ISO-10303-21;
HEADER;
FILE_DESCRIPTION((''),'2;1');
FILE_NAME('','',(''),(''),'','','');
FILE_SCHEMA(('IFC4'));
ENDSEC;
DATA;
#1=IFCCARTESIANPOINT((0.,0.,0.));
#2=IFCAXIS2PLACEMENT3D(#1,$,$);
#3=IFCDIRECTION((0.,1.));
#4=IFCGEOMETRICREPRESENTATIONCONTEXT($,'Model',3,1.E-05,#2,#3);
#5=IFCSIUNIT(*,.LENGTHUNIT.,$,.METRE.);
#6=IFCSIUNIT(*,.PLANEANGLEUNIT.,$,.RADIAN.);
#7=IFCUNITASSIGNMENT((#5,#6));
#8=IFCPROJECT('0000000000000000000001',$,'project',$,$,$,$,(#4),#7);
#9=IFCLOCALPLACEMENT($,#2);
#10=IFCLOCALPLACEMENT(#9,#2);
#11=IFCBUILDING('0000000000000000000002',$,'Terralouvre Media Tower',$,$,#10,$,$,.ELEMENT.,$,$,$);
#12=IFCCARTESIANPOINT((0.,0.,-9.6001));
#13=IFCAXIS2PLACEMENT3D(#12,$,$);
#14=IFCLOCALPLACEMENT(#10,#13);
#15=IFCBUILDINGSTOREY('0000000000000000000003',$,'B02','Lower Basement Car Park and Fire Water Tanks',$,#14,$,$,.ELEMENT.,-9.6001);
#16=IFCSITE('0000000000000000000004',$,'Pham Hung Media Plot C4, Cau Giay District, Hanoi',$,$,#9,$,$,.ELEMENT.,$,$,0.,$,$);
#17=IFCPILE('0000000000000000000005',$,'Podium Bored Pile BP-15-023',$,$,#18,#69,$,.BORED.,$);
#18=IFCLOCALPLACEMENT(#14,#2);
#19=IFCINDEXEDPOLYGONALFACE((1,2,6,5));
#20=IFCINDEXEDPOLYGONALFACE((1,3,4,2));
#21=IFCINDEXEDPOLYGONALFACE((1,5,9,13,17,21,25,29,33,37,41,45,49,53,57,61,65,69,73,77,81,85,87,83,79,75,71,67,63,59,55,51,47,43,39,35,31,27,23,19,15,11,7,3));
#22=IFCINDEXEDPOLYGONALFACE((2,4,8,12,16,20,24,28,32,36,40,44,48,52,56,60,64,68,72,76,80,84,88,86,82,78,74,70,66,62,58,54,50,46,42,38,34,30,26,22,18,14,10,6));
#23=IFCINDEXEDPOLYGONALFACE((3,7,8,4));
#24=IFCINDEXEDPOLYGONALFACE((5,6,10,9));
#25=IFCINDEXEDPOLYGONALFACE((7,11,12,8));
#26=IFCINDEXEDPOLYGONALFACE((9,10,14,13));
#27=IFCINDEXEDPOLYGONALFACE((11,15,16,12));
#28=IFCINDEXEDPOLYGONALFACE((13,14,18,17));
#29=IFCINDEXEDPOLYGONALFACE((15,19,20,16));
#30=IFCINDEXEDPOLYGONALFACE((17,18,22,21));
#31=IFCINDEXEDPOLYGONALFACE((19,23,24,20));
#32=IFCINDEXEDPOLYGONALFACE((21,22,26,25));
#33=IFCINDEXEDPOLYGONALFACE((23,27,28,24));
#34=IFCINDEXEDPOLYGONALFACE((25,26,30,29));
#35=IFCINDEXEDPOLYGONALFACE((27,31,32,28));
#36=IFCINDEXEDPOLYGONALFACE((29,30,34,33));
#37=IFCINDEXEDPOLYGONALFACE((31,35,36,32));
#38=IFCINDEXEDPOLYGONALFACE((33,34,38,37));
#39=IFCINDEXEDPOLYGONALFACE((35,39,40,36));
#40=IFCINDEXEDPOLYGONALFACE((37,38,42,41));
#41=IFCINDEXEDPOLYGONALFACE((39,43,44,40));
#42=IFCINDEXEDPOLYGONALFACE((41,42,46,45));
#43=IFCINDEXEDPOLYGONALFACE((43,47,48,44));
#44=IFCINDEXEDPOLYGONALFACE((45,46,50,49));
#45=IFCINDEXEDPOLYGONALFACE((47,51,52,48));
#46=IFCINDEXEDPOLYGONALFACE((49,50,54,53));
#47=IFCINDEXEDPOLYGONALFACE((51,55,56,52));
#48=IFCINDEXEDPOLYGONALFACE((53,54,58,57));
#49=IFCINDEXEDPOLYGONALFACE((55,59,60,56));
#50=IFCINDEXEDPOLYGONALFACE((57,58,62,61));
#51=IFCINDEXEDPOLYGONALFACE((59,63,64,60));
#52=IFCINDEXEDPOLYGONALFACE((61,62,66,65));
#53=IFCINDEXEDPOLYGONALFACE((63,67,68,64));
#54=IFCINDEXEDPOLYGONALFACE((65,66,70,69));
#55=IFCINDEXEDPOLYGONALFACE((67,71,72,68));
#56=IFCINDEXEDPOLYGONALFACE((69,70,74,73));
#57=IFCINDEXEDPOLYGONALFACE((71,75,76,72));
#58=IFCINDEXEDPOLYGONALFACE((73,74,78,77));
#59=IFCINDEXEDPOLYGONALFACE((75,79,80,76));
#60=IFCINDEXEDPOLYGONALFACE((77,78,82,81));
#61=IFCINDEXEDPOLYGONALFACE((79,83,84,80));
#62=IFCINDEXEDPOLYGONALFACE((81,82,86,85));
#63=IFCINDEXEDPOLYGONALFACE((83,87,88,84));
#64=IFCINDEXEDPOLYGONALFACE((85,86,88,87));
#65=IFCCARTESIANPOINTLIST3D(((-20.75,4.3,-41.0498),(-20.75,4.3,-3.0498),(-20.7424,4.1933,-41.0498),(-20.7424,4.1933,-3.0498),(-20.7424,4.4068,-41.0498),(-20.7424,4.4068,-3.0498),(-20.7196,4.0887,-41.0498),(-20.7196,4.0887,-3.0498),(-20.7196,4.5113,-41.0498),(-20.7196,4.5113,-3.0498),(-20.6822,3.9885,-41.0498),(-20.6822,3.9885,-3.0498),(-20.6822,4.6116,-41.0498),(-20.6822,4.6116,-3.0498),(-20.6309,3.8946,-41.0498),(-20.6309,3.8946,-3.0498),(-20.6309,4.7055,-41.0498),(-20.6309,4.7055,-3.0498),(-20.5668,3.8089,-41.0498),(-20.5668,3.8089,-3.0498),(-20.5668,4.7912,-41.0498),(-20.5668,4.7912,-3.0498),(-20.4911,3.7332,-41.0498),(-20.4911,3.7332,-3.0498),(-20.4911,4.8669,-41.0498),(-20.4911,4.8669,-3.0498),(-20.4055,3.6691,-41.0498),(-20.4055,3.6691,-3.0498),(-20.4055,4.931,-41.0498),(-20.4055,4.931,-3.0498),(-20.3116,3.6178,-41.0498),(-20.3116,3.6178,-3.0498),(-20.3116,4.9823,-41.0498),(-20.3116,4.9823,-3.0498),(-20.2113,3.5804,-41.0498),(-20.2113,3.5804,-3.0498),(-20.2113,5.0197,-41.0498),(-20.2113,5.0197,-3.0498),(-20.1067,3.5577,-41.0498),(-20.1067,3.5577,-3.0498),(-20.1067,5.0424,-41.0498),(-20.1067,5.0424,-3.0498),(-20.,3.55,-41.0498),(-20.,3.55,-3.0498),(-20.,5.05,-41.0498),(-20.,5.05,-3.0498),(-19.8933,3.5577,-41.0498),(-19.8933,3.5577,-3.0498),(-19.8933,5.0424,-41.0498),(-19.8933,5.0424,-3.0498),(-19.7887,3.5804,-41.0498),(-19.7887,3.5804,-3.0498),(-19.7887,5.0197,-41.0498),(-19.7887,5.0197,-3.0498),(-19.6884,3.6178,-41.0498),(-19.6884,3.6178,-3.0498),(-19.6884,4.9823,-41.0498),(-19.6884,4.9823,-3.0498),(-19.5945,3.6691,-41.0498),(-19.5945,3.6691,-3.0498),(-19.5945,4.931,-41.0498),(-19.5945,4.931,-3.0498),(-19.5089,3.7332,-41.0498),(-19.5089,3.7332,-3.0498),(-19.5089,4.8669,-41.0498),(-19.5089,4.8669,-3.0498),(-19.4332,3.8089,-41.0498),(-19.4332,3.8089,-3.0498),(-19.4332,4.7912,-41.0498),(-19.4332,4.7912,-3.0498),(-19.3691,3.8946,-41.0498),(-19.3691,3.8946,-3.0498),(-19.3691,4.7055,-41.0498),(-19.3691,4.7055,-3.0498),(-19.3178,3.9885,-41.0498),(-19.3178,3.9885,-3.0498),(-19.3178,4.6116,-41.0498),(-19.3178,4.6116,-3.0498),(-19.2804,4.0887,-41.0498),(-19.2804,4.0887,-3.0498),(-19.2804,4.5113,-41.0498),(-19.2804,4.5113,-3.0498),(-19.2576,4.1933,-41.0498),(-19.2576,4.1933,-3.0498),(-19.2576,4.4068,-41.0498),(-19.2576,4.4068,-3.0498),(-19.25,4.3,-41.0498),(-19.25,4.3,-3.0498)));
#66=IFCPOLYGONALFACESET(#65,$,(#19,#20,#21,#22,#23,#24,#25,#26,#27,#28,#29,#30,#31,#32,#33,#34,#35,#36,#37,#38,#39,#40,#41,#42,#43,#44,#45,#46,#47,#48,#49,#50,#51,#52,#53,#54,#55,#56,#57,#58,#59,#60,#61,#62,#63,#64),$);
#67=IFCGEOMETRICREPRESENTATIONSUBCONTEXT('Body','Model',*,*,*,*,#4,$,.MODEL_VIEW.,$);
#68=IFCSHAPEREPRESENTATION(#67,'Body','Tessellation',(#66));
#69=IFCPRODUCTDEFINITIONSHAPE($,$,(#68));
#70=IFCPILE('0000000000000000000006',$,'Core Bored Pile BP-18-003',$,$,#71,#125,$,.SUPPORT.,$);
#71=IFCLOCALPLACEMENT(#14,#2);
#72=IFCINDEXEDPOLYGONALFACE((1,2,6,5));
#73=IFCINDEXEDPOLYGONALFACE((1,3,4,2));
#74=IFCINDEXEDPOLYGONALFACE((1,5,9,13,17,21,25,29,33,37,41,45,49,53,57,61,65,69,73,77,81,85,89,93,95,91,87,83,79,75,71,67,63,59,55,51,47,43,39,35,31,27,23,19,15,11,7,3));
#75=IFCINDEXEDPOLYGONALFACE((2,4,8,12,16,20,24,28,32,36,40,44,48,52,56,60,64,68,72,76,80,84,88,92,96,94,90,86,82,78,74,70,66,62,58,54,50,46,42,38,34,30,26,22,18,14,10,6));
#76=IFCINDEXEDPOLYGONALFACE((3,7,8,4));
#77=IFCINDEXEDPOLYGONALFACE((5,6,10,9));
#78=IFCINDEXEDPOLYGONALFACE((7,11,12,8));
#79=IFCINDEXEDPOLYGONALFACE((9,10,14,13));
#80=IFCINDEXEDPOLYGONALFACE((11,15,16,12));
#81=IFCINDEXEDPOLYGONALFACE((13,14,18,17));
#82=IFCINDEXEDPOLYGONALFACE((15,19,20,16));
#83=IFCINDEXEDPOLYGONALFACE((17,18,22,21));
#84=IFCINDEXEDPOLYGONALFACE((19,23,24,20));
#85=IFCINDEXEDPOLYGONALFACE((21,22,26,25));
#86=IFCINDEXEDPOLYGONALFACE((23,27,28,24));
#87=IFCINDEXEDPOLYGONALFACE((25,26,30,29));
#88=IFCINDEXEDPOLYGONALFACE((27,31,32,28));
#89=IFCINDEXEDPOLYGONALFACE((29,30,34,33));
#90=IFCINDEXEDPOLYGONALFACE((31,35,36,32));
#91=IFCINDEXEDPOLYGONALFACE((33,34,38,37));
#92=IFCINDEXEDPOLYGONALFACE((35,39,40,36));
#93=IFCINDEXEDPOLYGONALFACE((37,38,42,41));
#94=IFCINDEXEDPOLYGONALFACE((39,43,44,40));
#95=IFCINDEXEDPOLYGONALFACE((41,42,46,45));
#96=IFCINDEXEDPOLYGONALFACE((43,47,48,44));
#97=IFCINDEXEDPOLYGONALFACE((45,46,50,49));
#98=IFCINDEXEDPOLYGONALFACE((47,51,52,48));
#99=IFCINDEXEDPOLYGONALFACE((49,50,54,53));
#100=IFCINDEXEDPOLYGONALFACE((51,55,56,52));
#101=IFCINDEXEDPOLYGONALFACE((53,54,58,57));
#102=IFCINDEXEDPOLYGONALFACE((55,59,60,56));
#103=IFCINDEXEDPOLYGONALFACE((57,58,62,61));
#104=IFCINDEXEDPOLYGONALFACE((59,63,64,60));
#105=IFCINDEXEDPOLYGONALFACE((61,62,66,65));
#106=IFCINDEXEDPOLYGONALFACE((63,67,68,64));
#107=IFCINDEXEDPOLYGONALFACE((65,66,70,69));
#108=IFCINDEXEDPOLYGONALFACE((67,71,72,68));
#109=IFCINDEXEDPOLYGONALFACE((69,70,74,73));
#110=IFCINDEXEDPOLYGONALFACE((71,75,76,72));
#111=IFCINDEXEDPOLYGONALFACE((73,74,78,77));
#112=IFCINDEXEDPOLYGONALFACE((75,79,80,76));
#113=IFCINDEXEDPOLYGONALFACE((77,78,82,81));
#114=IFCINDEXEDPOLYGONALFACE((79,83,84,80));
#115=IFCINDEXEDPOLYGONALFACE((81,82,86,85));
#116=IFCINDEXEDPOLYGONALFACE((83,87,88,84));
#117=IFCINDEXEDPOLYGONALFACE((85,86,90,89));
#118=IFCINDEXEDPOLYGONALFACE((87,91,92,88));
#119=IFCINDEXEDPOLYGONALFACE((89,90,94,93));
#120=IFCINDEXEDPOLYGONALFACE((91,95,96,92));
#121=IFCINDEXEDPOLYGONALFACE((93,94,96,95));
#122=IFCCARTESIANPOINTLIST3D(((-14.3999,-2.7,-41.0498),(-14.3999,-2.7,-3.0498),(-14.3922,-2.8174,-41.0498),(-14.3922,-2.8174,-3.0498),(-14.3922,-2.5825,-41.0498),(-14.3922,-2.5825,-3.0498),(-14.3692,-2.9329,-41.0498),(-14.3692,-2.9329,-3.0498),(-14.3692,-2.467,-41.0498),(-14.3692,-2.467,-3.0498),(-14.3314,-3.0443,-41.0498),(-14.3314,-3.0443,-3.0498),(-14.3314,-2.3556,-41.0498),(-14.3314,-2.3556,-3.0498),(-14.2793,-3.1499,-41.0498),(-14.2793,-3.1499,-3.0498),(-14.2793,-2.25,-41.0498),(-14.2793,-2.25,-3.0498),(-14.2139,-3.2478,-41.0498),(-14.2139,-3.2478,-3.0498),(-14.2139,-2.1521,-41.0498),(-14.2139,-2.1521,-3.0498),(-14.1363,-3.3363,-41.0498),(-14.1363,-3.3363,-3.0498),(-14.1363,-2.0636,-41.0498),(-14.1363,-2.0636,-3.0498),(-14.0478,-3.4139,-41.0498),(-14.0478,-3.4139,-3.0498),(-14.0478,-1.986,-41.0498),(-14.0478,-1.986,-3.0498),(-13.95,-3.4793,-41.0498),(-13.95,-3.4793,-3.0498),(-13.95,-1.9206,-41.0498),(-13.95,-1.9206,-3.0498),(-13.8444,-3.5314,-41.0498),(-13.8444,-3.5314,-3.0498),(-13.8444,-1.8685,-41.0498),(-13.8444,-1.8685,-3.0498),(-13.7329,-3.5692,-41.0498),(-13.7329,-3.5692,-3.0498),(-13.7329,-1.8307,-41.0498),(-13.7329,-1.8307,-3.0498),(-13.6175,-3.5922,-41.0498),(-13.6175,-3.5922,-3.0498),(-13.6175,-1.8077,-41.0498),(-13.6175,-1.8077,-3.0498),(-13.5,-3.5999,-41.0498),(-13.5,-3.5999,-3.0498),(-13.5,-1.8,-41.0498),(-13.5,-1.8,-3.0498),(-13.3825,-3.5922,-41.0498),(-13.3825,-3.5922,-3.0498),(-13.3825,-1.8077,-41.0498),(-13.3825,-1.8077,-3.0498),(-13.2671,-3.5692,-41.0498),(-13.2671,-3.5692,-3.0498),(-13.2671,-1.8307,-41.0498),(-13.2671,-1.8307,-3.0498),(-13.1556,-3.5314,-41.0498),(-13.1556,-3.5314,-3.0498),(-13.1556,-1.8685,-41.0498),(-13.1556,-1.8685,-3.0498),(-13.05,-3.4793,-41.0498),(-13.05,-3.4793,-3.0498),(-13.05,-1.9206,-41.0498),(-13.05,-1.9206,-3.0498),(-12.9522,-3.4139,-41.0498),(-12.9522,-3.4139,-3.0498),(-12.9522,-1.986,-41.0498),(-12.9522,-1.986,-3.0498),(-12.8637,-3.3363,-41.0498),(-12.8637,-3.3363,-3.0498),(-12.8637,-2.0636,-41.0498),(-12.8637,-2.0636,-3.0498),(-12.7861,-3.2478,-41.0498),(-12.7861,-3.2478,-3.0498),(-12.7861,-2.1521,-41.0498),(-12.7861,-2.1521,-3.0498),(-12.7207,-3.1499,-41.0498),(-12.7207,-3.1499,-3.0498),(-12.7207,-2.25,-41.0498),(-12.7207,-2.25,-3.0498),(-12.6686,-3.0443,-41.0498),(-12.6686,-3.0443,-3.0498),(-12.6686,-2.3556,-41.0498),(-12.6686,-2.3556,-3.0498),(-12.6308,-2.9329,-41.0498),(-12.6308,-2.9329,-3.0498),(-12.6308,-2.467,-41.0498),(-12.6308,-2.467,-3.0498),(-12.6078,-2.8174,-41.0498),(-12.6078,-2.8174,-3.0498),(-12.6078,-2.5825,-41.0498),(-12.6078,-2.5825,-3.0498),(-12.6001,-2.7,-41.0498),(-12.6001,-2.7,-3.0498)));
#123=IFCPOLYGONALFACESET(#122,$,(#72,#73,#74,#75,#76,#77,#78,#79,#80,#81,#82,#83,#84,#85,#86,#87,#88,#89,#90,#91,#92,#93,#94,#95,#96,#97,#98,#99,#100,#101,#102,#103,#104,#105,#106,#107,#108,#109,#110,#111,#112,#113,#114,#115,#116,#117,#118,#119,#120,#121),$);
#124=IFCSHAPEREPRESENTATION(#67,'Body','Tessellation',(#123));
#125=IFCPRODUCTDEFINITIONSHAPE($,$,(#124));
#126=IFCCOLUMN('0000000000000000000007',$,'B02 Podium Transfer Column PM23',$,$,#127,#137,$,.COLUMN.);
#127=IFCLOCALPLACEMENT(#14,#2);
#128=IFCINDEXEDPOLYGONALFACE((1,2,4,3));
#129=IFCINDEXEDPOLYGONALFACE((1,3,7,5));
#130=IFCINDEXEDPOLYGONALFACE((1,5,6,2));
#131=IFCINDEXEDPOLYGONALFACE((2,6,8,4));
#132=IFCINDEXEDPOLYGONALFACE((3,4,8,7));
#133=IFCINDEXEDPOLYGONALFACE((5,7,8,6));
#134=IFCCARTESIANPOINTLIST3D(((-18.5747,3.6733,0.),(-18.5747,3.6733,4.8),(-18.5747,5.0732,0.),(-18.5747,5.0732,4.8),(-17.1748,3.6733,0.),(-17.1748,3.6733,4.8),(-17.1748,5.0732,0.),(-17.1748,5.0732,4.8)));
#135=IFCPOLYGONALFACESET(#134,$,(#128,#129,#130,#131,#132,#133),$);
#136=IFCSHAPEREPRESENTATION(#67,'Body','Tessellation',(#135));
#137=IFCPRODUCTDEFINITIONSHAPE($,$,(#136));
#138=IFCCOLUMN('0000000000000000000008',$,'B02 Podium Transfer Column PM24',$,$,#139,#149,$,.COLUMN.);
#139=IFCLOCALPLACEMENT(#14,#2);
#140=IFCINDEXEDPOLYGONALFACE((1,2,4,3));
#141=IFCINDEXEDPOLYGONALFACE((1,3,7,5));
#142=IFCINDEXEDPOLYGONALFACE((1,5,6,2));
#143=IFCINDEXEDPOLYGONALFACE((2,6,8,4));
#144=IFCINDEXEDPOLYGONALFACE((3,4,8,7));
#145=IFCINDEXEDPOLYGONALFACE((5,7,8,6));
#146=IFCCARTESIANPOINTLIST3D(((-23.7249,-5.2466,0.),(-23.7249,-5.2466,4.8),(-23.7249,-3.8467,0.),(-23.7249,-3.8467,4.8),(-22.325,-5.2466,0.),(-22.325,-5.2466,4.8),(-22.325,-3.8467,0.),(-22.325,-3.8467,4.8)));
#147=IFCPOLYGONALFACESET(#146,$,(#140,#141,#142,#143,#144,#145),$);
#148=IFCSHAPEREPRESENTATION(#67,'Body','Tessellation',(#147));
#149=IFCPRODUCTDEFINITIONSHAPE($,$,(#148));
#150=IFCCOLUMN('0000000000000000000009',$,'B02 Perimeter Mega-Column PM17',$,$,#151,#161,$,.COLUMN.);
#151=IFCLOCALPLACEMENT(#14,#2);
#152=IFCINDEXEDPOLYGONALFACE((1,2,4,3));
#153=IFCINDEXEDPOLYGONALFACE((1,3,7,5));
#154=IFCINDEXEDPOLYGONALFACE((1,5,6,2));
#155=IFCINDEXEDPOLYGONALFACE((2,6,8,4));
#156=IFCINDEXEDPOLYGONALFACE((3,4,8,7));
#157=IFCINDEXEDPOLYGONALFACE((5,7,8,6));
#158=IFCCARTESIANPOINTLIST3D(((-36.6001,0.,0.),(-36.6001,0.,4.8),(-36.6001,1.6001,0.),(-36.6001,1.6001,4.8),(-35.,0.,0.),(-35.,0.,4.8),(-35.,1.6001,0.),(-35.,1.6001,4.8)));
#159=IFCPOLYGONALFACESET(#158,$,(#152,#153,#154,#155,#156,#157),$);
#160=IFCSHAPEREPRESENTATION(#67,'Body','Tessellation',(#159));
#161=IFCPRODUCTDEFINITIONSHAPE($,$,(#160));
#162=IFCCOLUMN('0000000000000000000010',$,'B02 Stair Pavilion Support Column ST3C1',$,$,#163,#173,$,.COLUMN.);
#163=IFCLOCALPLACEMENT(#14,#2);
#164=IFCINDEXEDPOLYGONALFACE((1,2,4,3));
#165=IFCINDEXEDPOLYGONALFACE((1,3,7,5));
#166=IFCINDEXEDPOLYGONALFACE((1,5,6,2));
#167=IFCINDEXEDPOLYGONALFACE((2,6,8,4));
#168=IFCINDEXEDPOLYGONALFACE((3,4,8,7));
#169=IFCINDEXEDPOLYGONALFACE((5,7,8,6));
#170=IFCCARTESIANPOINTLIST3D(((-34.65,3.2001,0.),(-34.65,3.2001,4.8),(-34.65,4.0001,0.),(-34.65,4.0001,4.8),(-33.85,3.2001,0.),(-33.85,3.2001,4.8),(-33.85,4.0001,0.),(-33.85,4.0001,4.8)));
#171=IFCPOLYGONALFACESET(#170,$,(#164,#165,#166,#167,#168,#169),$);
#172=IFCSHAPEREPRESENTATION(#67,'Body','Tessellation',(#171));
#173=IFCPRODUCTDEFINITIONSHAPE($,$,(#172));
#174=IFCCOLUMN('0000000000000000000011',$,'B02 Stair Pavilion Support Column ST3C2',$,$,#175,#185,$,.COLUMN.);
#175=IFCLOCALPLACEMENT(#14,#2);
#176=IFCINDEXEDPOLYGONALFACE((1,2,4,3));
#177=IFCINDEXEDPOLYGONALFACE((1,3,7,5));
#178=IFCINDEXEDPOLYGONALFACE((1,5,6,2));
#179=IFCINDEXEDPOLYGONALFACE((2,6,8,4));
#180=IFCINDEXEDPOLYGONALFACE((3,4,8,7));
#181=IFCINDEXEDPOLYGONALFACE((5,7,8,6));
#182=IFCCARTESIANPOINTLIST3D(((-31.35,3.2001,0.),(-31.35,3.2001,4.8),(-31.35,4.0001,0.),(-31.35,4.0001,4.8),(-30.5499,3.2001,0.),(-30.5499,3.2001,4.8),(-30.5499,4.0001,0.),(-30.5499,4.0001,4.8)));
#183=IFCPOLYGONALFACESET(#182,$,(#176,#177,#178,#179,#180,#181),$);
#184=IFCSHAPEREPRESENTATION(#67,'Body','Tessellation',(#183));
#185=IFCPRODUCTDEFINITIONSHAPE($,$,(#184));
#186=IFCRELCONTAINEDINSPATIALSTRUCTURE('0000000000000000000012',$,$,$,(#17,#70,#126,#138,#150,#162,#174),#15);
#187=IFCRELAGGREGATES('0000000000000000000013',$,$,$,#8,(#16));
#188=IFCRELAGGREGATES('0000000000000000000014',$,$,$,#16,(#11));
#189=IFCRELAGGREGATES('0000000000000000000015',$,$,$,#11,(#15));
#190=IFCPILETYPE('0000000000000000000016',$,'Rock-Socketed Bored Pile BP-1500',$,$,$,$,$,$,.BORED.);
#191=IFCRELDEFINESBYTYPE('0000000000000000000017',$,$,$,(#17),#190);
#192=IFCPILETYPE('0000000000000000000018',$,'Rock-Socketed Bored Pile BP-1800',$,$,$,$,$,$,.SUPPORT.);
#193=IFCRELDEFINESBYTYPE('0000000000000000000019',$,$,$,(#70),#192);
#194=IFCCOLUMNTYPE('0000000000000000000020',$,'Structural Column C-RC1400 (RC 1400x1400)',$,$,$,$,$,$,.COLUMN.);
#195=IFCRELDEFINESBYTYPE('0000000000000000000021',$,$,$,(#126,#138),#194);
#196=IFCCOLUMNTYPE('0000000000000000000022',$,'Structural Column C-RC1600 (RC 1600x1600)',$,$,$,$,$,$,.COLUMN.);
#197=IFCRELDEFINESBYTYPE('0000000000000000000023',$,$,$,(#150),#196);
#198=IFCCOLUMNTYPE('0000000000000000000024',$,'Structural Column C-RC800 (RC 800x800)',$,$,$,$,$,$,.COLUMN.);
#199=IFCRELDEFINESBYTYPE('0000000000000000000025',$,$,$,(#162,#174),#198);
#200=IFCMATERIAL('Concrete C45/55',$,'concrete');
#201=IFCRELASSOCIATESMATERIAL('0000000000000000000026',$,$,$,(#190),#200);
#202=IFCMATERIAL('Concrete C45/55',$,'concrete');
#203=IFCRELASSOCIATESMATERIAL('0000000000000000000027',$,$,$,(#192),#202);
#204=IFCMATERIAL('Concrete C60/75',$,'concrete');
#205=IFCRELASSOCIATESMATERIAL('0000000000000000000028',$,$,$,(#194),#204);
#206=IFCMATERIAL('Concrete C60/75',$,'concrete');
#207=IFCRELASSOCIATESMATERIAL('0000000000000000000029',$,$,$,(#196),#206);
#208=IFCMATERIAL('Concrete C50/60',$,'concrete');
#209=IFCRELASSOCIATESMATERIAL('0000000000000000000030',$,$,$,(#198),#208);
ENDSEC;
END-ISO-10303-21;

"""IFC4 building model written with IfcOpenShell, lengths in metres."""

from ifc_helpers import new_model, si_unit, direction, frame, origin, origin_2d, place, context, subcontext, project, spatial, rectangle, circle, extrude, material, material_profile, profile_set, type_object, element, save


model = new_model("IFC4")

# Units and contexts
model_context = context("Model", 3, precision=1e-05, world=origin(), true_north=direction((0.0, 1.0)))
body_context = subcontext(model_context, "Body", "Model", "MODEL_VIEW")
ifc_project = project(units=[si_unit("LENGTHUNIT", "METRE"), si_unit("PLANEANGLEUNIT", "RADIAN")], contexts=[model_context])

# Site, building, storey
site_placement = place(None, origin())
site = spatial("IfcSite", under=ifc_project, at=site_placement, Name="Pham Hung Media Plot C4, Cau Giay District, Hanoi", CompositionType="ELEMENT", RefElevation=0.0)
building_placement = place(site_placement, origin())
building = spatial("IfcBuilding", under=site, at=building_placement, Name="Terralouvre Media Tower", CompositionType="ELEMENT")
storey_placement = place(building_placement, frame((0.0, 0.0, -9.6001)))
storey = spatial("IfcBuildingStorey", under=building, at=storey_placement, Name="B02", Description="Lower Basement Car Park and Fire Water Tanks", CompositionType="ELEMENT", Elevation=-9.6001)

# Piles
ifc_material_1 = material(Name="Concrete C45/55", Category="concrete")
ifc_material_profile_1 = material_profile(ifc_material_1, circle(Radius=0.75, at=origin_2d()), Name="BORED PILE 1500")
ifc_profile_set_1 = profile_set([ifc_material_profile_1], Name="Concrete C45/55")
pile_type_1 = type_object("IfcPileType", Name="Rock-Socketed Bored Pile BP-1500", PredefinedType="BORED", material=ifc_profile_set_1)
for number, where, z_axis, x_axis, name in (
    (1, (-20.0, 4.3, -3.0498), (0.0, 0.0, -1.0), (1.0, 0.0, 0.0), "Podium Bored Pile BP-15-023"),
):
    element("IfcPile", number, at=place(storey_placement, frame(where, z_axis=z_axis, x_axis=x_axis)), inside=storey, type_object=pile_type_1, Name=name, PredefinedType="BORED", context=body_context, shape_type="SweptSolid", body=[
        extrude(circle(Radius=0.75, at=origin_2d()), origin(), (0.0, 0.0, 1.0), 38.0),
    ])
ifc_material_2 = material(Name="Concrete C45/55", Category="concrete")
ifc_material_profile_2 = material_profile(ifc_material_2, circle(Radius=0.8999, at=origin_2d()), Name="BORED PILE 1800")
ifc_profile_set_2 = profile_set([ifc_material_profile_2], Name="Concrete C45/55")
pile_type_2 = type_object("IfcPileType", Name="Rock-Socketed Bored Pile BP-1800", PredefinedType="SUPPORT", material=ifc_profile_set_2)
pile_placement = place(storey_placement, frame((-13.5, -2.7, -3.0498), z_axis=(0.0, 0.0, -1.0), x_axis=(1.0, 0.0, 0.0)))
element("IfcPile", 2, at=pile_placement, inside=storey, type_object=pile_type_2, Name="Core Bored Pile BP-18-003", PredefinedType="SUPPORT", context=body_context, shape_type="SweptSolid", body=[
    extrude(circle(Radius=0.8999, at=origin_2d()), origin(), (0.0, 0.0, 1.0), 38.0),
])

# Columns
ifc_material_3 = material(Name="Concrete C60/75", Category="concrete")
ifc_material_profile_3 = material_profile(ifc_material_3, rectangle(XDim=1.3999, YDim=1.3999, at=origin_2d()), Name="RC 1400x1400")
ifc_profile_set_3 = profile_set([ifc_material_profile_3], Name="Concrete C60/75")
column_type_1 = type_object("IfcColumnType", Name="Structural Column C-RC1400 (RC 1400x1400)", PredefinedType="COLUMN", material=ifc_profile_set_3)
for number, where, z_axis, x_axis, name in (
    (3, (-17.8748, 4.3733, 0.0), (0.0, 0.0, 1.0), (1.0, 0.0, 0.0), "B02 Podium Transfer Column PM23"),
    (4, (-23.0249, -4.5466, 0.0), (0.0, 0.0, 1.0), (1.0, 0.0, 0.0), "B02 Podium Transfer Column PM24"),
):
    element("IfcColumn", number, at=place(storey_placement, frame(where, z_axis=z_axis, x_axis=x_axis)), inside=storey, type_object=column_type_1, Name=name, PredefinedType="COLUMN", context=body_context, shape_type="SweptSolid", body=[
        extrude(rectangle(XDim=1.3999, YDim=1.3999, at=origin_2d()), origin(), (0.0, 0.0, 1.0), 4.8),
    ])
ifc_material_4 = material(Name="Concrete C60/75", Category="concrete")
ifc_material_profile_4 = material_profile(ifc_material_4, rectangle(XDim=1.6001, YDim=1.6001, at=origin_2d()), Name="RC 1600x1600")
ifc_profile_set_4 = profile_set([ifc_material_profile_4], Name="Concrete C60/75")
column_type_2 = type_object("IfcColumnType", Name="Structural Column C-RC1600 (RC 1600x1600)", PredefinedType="COLUMN", material=ifc_profile_set_4)
column_placement = place(storey_placement, frame((-35.8, 0.8, 0.0), z_axis=(0.0, 0.0, 1.0), x_axis=(1.0, 0.0, 0.0)))
element("IfcColumn", 5, at=column_placement, inside=storey, type_object=column_type_2, Name="B02 Perimeter Mega-Column PM17", PredefinedType="COLUMN", context=body_context, shape_type="SweptSolid", body=[
    extrude(rectangle(XDim=1.6001, YDim=1.6001, at=origin_2d()), origin(), (0.0, 0.0, 1.0), 4.8),
])
ifc_material_5 = material(Name="Concrete C50/60", Category="concrete")
ifc_material_profile_5 = material_profile(ifc_material_5, rectangle(XDim=0.8, YDim=0.8, at=origin_2d()), Name="RC 800x800")
ifc_profile_set_5 = profile_set([ifc_material_profile_5], Name="Concrete C50/60")
column_type_3 = type_object("IfcColumnType", Name="Structural Column C-RC800 (RC 800x800)", PredefinedType="COLUMN", material=ifc_profile_set_5)
for number, where, z_axis, x_axis, name in (
    (6, (-34.25, 3.6001, 0.0), (0.0, 0.0, 1.0), (1.0, 0.0, 0.0), "B02 Stair Pavilion Support Column ST3C1"),
    (7, (-30.95, 3.6001, 0.0), (0.0, 0.0, 1.0), (1.0, 0.0, 0.0), "B02 Stair Pavilion Support Column ST3C2"),
):
    element("IfcColumn", number, at=place(storey_placement, frame(where, z_axis=z_axis, x_axis=x_axis)), inside=storey, type_object=column_type_3, Name=name, PredefinedType="COLUMN", context=body_context, shape_type="SweptSolid", body=[
        extrude(rectangle(XDim=0.8, YDim=0.8, at=origin_2d()), origin(), (0.0, 0.0, 1.0), 4.8),
    ])

save(model, "model.ifc")
